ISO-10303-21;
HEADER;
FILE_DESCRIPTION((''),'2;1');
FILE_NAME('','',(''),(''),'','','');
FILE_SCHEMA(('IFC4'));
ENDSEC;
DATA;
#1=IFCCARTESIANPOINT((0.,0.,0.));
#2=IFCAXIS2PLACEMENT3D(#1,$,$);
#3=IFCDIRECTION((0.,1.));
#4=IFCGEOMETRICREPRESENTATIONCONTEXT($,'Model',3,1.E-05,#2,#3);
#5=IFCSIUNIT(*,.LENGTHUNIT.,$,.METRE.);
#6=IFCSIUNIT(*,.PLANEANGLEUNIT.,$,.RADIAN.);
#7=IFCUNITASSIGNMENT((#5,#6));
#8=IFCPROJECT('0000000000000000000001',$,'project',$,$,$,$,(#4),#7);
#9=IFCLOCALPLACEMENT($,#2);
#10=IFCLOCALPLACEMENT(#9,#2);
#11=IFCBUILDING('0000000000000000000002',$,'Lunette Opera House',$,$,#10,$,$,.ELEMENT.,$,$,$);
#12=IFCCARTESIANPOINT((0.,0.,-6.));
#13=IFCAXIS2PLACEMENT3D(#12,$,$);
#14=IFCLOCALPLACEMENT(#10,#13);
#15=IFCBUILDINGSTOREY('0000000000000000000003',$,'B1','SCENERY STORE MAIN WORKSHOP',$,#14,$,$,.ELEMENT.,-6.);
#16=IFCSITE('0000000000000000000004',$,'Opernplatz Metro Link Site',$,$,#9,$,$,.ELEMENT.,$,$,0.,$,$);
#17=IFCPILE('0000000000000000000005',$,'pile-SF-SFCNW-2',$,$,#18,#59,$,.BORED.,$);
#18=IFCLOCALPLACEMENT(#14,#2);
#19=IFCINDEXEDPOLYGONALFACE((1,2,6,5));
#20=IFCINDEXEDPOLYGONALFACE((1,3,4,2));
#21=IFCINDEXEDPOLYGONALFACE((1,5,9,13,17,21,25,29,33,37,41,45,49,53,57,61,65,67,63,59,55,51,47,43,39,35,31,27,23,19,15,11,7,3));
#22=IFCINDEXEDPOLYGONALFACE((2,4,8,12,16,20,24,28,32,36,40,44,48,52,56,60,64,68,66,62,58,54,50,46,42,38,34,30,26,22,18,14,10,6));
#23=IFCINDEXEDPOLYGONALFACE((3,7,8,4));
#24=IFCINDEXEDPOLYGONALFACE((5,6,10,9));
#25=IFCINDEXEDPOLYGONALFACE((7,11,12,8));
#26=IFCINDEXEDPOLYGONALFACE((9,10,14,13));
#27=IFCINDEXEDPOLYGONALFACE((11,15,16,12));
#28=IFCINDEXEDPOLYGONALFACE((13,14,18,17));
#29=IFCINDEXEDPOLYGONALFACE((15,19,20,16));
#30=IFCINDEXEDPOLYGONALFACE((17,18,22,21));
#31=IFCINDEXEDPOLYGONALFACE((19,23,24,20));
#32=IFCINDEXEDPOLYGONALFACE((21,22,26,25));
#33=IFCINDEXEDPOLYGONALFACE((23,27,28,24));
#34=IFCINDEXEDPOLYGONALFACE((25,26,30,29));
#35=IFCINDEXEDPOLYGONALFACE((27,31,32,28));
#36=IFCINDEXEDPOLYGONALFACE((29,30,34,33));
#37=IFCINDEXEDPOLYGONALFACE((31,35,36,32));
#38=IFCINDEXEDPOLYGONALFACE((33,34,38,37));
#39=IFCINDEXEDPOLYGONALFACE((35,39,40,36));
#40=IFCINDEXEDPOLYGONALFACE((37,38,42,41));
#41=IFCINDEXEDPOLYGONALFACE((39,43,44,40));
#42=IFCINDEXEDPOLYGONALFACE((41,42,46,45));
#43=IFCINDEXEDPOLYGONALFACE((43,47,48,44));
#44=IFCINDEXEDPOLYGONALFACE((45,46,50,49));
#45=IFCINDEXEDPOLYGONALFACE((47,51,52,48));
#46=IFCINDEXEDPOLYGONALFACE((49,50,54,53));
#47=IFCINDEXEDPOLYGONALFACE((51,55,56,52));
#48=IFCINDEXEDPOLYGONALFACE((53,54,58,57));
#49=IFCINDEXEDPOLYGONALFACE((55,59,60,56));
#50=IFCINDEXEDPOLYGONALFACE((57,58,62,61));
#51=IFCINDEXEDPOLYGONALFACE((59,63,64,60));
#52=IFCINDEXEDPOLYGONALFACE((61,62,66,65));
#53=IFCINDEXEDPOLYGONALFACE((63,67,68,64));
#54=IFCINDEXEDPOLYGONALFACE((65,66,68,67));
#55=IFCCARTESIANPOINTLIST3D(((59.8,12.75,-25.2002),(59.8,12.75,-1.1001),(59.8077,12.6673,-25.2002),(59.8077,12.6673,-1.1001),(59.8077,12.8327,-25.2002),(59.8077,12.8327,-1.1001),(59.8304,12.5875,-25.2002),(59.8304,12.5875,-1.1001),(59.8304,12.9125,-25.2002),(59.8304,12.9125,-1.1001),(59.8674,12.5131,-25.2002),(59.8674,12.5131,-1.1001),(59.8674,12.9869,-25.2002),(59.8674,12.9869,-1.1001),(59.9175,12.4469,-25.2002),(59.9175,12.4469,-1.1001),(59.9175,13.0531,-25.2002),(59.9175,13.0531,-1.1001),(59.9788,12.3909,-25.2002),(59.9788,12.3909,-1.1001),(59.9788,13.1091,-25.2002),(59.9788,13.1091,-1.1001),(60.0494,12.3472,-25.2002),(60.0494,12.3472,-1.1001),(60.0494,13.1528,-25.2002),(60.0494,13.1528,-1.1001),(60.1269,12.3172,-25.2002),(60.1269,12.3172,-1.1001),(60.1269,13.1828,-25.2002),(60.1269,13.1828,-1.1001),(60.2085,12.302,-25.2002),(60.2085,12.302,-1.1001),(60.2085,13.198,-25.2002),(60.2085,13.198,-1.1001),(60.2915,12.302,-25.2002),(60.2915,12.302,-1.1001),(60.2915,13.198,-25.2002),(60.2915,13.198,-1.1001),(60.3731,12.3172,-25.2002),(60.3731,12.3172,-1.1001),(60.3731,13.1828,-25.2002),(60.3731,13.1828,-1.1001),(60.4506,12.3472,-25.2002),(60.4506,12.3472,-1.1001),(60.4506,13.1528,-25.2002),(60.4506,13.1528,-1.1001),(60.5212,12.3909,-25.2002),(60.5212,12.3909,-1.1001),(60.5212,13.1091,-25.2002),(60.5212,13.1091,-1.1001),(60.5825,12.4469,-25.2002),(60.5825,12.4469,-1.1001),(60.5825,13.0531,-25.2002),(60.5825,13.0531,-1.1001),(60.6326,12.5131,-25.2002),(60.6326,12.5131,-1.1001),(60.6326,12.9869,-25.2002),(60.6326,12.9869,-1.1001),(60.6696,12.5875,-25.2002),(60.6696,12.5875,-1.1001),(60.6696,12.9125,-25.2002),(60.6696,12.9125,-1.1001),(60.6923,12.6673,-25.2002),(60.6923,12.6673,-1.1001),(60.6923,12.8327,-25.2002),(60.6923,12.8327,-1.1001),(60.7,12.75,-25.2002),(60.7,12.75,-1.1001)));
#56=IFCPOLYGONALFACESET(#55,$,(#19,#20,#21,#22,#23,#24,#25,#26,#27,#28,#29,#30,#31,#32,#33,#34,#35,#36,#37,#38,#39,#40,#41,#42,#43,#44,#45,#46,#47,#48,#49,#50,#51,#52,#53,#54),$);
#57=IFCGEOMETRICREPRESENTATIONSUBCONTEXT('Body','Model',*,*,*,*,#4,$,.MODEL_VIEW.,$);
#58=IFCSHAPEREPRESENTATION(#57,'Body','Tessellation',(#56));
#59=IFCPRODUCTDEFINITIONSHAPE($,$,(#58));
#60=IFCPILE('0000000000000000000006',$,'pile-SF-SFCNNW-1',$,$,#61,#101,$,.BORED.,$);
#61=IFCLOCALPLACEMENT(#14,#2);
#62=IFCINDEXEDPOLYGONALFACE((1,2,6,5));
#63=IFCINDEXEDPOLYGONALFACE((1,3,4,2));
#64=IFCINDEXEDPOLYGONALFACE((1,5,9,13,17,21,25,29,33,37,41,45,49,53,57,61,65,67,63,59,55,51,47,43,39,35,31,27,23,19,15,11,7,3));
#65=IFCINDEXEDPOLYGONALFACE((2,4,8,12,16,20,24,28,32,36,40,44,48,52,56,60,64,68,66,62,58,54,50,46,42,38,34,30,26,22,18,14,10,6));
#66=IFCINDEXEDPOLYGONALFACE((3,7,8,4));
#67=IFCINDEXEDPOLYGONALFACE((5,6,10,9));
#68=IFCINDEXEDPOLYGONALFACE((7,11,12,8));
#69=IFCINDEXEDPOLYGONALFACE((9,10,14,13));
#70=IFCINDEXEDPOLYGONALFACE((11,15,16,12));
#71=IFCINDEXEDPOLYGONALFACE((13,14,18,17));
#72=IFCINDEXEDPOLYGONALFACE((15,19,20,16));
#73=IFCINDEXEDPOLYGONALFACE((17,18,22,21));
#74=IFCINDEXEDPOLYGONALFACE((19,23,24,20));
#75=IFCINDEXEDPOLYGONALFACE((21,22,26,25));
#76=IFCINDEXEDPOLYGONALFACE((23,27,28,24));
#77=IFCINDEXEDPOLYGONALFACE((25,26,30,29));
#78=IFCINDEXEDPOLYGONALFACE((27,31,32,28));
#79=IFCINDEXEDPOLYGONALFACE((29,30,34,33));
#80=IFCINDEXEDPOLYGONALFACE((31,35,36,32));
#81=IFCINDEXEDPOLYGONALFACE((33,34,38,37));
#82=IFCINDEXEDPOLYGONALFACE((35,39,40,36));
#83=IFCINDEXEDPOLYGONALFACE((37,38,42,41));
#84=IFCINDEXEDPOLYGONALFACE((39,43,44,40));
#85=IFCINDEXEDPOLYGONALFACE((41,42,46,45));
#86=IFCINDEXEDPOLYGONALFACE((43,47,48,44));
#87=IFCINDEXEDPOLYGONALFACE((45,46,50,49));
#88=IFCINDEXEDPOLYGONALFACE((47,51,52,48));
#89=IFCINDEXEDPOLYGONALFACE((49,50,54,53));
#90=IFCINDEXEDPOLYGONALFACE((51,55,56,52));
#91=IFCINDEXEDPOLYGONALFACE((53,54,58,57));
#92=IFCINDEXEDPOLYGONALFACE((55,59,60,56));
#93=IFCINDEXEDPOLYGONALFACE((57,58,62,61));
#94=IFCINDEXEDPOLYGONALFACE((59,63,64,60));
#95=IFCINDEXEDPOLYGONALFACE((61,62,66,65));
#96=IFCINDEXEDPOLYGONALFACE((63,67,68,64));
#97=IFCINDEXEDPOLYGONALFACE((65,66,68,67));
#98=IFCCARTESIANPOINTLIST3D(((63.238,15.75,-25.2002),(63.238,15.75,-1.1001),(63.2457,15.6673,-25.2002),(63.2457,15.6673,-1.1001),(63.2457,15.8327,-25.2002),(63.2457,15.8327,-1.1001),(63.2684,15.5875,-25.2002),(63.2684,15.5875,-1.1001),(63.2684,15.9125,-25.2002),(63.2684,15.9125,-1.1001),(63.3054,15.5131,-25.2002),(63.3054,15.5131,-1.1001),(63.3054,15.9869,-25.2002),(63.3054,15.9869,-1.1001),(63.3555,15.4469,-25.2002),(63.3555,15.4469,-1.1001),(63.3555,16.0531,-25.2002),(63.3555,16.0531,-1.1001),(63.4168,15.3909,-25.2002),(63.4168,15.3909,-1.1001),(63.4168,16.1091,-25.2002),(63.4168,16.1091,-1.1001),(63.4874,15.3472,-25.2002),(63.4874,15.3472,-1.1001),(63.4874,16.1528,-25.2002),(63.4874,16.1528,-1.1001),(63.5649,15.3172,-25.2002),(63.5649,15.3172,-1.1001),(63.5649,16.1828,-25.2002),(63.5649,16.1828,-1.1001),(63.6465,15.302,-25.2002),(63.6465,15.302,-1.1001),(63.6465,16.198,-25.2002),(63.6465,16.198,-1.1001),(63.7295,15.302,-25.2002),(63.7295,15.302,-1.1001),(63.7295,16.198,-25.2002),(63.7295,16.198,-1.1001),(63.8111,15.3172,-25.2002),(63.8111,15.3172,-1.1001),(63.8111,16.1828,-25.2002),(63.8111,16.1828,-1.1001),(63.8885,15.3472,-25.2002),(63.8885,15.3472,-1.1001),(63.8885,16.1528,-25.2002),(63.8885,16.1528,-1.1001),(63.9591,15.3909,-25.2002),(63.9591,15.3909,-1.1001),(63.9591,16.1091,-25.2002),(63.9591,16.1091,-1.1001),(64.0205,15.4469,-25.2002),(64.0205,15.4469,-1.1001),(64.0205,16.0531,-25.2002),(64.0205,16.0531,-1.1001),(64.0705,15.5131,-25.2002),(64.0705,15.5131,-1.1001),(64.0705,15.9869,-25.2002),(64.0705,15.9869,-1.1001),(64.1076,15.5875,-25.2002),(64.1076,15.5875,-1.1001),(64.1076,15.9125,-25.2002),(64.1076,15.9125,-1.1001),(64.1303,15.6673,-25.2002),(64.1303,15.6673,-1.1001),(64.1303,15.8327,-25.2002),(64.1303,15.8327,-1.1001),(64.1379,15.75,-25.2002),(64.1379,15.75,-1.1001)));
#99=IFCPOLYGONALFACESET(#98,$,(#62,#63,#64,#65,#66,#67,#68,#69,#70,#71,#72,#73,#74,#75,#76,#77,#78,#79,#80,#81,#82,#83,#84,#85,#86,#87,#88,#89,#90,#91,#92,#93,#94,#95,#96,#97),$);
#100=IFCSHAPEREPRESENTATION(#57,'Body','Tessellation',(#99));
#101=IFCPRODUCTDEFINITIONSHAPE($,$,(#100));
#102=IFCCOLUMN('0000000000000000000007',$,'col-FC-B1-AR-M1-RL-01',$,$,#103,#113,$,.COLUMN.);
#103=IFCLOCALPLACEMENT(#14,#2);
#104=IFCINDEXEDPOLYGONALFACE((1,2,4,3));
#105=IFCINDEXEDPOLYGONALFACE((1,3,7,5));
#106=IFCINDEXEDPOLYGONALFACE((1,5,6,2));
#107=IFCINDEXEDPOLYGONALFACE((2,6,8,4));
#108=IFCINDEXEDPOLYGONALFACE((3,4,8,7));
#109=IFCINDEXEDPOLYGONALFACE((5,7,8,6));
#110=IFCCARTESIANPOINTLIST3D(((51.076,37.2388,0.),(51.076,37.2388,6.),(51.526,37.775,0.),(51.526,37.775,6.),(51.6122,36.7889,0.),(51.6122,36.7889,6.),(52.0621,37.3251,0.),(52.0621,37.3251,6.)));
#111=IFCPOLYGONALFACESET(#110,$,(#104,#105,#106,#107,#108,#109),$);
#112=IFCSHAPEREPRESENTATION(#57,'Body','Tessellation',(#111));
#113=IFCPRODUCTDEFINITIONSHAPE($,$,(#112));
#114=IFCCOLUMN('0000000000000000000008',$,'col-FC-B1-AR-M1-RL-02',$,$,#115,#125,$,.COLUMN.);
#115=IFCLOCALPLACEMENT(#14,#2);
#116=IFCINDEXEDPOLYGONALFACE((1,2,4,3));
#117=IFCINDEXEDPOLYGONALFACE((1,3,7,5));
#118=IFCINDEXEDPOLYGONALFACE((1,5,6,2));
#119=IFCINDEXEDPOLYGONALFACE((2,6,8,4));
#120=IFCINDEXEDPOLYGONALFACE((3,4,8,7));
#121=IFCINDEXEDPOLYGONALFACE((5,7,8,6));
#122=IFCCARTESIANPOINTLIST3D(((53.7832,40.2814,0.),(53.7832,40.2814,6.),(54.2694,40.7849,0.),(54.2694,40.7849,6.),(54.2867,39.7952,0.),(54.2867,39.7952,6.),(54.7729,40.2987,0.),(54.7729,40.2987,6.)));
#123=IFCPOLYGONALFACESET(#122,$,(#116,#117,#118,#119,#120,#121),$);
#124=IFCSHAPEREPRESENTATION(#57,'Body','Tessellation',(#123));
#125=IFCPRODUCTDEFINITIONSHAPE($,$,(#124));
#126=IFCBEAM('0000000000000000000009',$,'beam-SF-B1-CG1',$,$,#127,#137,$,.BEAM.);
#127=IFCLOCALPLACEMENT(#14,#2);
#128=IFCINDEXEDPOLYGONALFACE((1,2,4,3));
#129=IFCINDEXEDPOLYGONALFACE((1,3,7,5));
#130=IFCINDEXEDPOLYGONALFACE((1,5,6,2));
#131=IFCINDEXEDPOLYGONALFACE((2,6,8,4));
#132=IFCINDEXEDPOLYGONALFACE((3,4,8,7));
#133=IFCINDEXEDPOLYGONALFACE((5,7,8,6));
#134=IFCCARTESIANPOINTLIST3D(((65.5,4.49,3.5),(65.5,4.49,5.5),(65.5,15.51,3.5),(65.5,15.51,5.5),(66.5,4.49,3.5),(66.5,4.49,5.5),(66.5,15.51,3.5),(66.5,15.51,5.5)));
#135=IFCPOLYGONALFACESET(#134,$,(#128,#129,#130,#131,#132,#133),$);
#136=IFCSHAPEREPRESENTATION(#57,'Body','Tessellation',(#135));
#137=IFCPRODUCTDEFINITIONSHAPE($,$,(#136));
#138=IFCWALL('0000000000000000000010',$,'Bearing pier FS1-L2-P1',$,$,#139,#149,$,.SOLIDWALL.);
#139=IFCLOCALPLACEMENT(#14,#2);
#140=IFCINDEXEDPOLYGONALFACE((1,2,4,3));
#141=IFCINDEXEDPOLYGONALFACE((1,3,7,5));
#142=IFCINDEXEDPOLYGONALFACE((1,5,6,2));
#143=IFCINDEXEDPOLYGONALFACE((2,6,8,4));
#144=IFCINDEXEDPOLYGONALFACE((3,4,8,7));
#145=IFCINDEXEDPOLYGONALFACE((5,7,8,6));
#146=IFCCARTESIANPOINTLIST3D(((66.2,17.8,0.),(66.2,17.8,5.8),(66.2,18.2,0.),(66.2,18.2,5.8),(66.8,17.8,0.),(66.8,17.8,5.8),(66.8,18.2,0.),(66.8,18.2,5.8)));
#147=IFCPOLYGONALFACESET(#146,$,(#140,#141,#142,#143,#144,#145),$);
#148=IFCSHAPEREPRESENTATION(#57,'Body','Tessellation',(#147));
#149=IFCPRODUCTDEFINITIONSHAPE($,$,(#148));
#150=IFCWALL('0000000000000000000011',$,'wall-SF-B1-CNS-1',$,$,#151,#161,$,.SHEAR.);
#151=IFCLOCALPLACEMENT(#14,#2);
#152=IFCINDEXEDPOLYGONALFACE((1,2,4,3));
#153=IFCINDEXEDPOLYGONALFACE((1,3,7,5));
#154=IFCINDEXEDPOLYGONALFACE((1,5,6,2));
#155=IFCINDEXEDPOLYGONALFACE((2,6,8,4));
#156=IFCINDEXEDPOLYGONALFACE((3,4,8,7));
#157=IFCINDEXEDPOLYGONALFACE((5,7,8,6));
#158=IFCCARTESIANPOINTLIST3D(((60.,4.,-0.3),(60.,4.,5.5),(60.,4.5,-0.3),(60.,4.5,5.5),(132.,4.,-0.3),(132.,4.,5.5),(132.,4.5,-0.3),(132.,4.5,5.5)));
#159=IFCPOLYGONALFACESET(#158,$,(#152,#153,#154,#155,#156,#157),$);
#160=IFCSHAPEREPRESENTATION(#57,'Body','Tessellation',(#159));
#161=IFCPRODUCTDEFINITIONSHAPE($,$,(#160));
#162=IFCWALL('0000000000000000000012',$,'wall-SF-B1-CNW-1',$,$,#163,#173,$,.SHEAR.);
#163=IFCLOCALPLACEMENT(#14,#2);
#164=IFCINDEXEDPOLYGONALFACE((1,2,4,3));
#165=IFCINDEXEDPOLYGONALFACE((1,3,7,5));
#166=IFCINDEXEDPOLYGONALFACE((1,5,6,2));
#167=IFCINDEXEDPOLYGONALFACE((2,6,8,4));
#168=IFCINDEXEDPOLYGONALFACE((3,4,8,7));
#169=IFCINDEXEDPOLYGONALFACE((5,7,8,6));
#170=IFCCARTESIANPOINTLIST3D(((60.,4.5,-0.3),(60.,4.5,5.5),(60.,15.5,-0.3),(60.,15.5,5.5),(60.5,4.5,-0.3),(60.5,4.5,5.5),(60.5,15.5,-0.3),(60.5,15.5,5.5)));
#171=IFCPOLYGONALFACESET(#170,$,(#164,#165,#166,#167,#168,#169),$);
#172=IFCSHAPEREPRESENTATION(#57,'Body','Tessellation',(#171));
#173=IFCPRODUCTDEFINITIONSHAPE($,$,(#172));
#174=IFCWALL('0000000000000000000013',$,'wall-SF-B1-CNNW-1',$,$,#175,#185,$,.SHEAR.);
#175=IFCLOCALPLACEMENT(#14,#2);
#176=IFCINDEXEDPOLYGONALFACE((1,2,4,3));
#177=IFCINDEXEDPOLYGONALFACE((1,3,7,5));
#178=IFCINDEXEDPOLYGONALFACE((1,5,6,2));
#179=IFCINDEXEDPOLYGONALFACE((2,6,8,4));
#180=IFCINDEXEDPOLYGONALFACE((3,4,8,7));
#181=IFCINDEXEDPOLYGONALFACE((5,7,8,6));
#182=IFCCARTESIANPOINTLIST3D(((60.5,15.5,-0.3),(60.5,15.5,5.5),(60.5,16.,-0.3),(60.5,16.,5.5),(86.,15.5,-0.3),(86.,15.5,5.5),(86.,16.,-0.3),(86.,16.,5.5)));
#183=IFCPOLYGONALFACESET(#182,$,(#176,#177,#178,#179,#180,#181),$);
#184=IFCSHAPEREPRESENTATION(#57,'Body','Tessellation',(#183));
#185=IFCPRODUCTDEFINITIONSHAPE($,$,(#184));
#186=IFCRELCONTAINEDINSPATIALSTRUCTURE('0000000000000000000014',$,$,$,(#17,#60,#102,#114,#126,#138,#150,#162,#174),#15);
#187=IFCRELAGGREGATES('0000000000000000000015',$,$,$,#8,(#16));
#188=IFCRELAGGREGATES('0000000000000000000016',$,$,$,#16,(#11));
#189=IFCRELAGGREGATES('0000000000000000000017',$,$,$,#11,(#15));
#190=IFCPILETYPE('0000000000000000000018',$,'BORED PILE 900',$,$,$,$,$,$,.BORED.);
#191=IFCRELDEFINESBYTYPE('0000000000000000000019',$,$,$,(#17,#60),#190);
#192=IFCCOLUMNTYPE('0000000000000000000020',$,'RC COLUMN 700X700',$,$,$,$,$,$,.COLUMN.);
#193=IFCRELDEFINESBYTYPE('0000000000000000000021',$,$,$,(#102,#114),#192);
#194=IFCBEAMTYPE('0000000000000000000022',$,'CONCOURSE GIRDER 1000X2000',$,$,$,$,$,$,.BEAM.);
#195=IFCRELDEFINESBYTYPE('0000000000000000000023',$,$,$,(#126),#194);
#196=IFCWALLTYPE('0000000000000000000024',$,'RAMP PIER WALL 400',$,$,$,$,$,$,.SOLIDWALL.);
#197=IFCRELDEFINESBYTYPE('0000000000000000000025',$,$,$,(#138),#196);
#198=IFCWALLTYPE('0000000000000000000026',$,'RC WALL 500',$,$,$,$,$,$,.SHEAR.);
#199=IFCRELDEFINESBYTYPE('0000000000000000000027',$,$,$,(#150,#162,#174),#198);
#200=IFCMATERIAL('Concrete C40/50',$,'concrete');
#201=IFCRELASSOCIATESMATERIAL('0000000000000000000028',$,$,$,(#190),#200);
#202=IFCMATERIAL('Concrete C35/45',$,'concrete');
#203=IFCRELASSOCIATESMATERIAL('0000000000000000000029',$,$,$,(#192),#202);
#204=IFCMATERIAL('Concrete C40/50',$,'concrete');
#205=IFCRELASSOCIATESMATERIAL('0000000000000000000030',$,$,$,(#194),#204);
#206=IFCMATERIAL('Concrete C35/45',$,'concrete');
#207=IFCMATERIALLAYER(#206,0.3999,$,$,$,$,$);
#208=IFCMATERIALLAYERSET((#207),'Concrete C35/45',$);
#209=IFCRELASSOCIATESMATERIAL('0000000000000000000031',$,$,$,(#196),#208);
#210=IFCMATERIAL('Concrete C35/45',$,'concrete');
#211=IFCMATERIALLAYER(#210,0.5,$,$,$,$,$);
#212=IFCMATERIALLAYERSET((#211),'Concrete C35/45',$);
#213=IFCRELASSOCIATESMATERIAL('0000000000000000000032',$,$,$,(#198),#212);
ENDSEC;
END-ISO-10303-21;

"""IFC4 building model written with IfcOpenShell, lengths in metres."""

from ifc_helpers import new_model, si_unit, direction, frame, frame_2d, origin, origin_2d, place, context, subcontext, project, spatial, rectangle, circle, extrude, material, layer, layer_set, material_profile, profile_set, type_object, element, save


model = new_model("IFC4")

# Units and contexts
model_context = context("Model", 3, precision=1e-05, world=origin(), true_north=direction((0.0, 1.0)))
body_context = subcontext(model_context, "Body", "Model", "MODEL_VIEW")
ifc_project = project(units=[si_unit("LENGTHUNIT", "METRE"), si_unit("PLANEANGLEUNIT", "RADIAN")], contexts=[model_context])

# Site, building, storey
site_placement = place(None, origin())
site = spatial("IfcSite", under=ifc_project, at=site_placement, Name="Opernplatz Metro Link Site", CompositionType="ELEMENT", RefElevation=0.0)
building_placement = place(site_placement, origin())
building = spatial("IfcBuilding", under=site, at=building_placement, Name="Lunette Opera House", CompositionType="ELEMENT")
storey_placement = place(building_placement, frame((0.0, 0.0, -6.0)))
storey = spatial("IfcBuildingStorey", under=building, at=storey_placement, Name="B1", Description="SCENERY STORE MAIN WORKSHOP", CompositionType="ELEMENT", Elevation=-6.0)

# Piles
ifc_material_1 = material(Name="Concrete C40/50", Category="concrete")
ifc_material_profile_1 = material_profile(ifc_material_1, circle(Radius=0.45, at=origin_2d()), Name="BORED PILE 900")
ifc_profile_set_1 = profile_set([ifc_material_profile_1], Name="Concrete C40/50")
pile_type = type_object("IfcPileType", Name="BORED PILE 900", PredefinedType="BORED", material=ifc_profile_set_1)
for number, where, z_axis, x_axis, name in (
    (1, (60.25, 12.75, -1.1001), (0.0, 0.0, -1.0), (1.0, 0.0, 0.0), "pile-SF-SFCNW-2"),
    (2, (63.688, 15.75, -1.1001), (0.0, 0.0, -1.0), (1.0, 0.0, 0.0), "pile-SF-SFCNNW-1"),
):
    element("IfcPile", number, at=place(storey_placement, frame(where, z_axis=z_axis, x_axis=x_axis)), inside=storey, type_object=pile_type, Name=name, PredefinedType="BORED", context=body_context, shape_type="SweptSolid", body=[
        extrude(circle(Radius=0.45, at=origin_2d()), origin(), (0.0, 0.0, 1.0), 24.1001),
    ])

# Columns
ifc_material_2 = material(Name="Concrete C35/45", Category="concrete")
ifc_material_profile_2 = material_profile(ifc_material_2, rectangle(XDim=0.7, YDim=0.7, at=origin_2d()), Name="RC COLUMN 700X700")
ifc_profile_set_2 = profile_set([ifc_material_profile_2], Name="Concrete C35/45")
column_type = type_object("IfcColumnType", Name="RC COLUMN 700X700", PredefinedType="COLUMN", material=ifc_profile_set_2)
for number, where, z_axis, x_axis, name in (
    (3, (51.5691, 37.282, 0.0), (0.0, 0.0, 1.0), (0.642788, 0.766044, 0.0), "col-FC-B1-AR-M1-RL-01"),
    (4, (54.2781, 40.29, 0.0), (0.0, 0.0, 1.0), (0.694658, 0.71934, 0.0), "col-FC-B1-AR-M1-RL-02"),
):
    element("IfcColumn", number, at=place(storey_placement, frame(where, z_axis=z_axis, x_axis=x_axis)), inside=storey, type_object=column_type, Name=name, PredefinedType="COLUMN", context=body_context, shape_type="SweptSolid", body=[
        extrude(rectangle(XDim=0.7, YDim=0.7, at=origin_2d()), origin(), (0.0, 0.0, 1.0), 6.0),
    ])

# Beam
ifc_material_3 = material(Name="Concrete C40/50", Category="concrete")
ifc_material_profile_3 = material_profile(ifc_material_3, rectangle(XDim=1.0, YDim=2.0, at=origin_2d()), Name="CONCOURSE GIRDER 1000X2000")
ifc_profile_set_3 = profile_set([ifc_material_profile_3], Name="Concrete C40/50")
beam_type = type_object("IfcBeamType", Name="CONCOURSE GIRDER 1000X2000", PredefinedType="BEAM", material=ifc_profile_set_3)
beam_placement = place(storey_placement, frame((66.0, 4.49, 4.5), z_axis=(0.0, 1.0, 0.0), x_axis=(-1.0, 0.0, 0.0)))
element("IfcBeam", 5, at=beam_placement, inside=storey, type_object=beam_type, Name="beam-SF-B1-CG1", PredefinedType="BEAM", context=body_context, shape_type="SweptSolid", body=[
    extrude(rectangle(XDim=1.0, YDim=2.0, at=origin_2d()), origin(), (0.0, 0.0, 1.0), 11.02),
])

# Walls
ifc_material_4 = material(Name="Concrete C35/45", Category="concrete")
ifc_layer_1 = layer(ifc_material_4, 0.3999)
ifc_layer_set_1 = layer_set([ifc_layer_1], Name="Concrete C35/45")
wall_type_1 = type_object("IfcWallType", Name="RAMP PIER WALL 400", PredefinedType="SOLIDWALL", material=ifc_layer_set_1)
wall_1_placement = place(storey_placement, frame((66.2, 18.0, 0.0), z_axis=(0.0, 0.0, 1.0), x_axis=(1.0, 0.0, 0.0)))
element("IfcWall", 6, at=wall_1_placement, inside=storey, type_object=wall_type_1, Name="Bearing pier FS1-L2-P1", PredefinedType="SOLIDWALL", context=body_context, shape_type="SweptSolid", body=[
    extrude(rectangle(XDim=0.6001, YDim=0.3999, at=frame_2d((0.3, 0.0))), origin(), (0.0, 0.0, 1.0), 5.8),
])
ifc_material_5 = material(Name="Concrete C35/45", Category="concrete")
ifc_layer_2 = layer(ifc_material_5, 0.5)
ifc_layer_set_2 = layer_set([ifc_layer_2], Name="Concrete C35/45")
wall_type_2 = type_object("IfcWallType", Name="RC WALL 500", PredefinedType="SHEAR", material=ifc_layer_set_2)
wall_2_placement = place(storey_placement, frame((60.0, 4.25, -0.3), z_axis=(0.0, 0.0, 1.0), x_axis=(1.0, 0.0, 0.0)))
element("IfcWall", 7, at=wall_2_placement, inside=storey, type_object=wall_type_2, Name="wall-SF-B1-CNS-1", PredefinedType="SHEAR", context=body_context, shape_type="SweptSolid", body=[
    extrude(rectangle(XDim=72.0, YDim=0.5, at=frame_2d((36.0, 0.0))), origin(), (0.0, 0.0, 1.0), 5.8),
])
wall_3_placement = place(storey_placement, frame((60.25, 4.5, -0.3), z_axis=(0.0, 0.0, 1.0), x_axis=(0.0, 1.0, 0.0)))
element("IfcWall", 8, at=wall_3_placement, inside=storey, type_object=wall_type_2, Name="wall-SF-B1-CNW-1", PredefinedType="SHEAR", context=body_context, shape_type="SweptSolid", body=[
    extrude(rectangle(XDim=11.0, YDim=0.5, at=frame_2d((5.5, 0.0))), origin(), (0.0, 0.0, 1.0), 5.8),
])
wall_4_placement = place(storey_placement, frame((60.5, 15.75, -0.3), z_axis=(0.0, 0.0, 1.0), x_axis=(1.0, 0.0, 0.0)))
element("IfcWall", 9, at=wall_4_placement, inside=storey, type_object=wall_type_2, Name="wall-SF-B1-CNNW-1", PredefinedType="SHEAR", context=body_context, shape_type="SweptSolid", body=[
    extrude(rectangle(XDim=25.5, YDim=0.5, at=frame_2d((12.75, 0.0))), origin(), (0.0, 0.0, 1.0), 5.8),
])

save(model, "model.ifc")
